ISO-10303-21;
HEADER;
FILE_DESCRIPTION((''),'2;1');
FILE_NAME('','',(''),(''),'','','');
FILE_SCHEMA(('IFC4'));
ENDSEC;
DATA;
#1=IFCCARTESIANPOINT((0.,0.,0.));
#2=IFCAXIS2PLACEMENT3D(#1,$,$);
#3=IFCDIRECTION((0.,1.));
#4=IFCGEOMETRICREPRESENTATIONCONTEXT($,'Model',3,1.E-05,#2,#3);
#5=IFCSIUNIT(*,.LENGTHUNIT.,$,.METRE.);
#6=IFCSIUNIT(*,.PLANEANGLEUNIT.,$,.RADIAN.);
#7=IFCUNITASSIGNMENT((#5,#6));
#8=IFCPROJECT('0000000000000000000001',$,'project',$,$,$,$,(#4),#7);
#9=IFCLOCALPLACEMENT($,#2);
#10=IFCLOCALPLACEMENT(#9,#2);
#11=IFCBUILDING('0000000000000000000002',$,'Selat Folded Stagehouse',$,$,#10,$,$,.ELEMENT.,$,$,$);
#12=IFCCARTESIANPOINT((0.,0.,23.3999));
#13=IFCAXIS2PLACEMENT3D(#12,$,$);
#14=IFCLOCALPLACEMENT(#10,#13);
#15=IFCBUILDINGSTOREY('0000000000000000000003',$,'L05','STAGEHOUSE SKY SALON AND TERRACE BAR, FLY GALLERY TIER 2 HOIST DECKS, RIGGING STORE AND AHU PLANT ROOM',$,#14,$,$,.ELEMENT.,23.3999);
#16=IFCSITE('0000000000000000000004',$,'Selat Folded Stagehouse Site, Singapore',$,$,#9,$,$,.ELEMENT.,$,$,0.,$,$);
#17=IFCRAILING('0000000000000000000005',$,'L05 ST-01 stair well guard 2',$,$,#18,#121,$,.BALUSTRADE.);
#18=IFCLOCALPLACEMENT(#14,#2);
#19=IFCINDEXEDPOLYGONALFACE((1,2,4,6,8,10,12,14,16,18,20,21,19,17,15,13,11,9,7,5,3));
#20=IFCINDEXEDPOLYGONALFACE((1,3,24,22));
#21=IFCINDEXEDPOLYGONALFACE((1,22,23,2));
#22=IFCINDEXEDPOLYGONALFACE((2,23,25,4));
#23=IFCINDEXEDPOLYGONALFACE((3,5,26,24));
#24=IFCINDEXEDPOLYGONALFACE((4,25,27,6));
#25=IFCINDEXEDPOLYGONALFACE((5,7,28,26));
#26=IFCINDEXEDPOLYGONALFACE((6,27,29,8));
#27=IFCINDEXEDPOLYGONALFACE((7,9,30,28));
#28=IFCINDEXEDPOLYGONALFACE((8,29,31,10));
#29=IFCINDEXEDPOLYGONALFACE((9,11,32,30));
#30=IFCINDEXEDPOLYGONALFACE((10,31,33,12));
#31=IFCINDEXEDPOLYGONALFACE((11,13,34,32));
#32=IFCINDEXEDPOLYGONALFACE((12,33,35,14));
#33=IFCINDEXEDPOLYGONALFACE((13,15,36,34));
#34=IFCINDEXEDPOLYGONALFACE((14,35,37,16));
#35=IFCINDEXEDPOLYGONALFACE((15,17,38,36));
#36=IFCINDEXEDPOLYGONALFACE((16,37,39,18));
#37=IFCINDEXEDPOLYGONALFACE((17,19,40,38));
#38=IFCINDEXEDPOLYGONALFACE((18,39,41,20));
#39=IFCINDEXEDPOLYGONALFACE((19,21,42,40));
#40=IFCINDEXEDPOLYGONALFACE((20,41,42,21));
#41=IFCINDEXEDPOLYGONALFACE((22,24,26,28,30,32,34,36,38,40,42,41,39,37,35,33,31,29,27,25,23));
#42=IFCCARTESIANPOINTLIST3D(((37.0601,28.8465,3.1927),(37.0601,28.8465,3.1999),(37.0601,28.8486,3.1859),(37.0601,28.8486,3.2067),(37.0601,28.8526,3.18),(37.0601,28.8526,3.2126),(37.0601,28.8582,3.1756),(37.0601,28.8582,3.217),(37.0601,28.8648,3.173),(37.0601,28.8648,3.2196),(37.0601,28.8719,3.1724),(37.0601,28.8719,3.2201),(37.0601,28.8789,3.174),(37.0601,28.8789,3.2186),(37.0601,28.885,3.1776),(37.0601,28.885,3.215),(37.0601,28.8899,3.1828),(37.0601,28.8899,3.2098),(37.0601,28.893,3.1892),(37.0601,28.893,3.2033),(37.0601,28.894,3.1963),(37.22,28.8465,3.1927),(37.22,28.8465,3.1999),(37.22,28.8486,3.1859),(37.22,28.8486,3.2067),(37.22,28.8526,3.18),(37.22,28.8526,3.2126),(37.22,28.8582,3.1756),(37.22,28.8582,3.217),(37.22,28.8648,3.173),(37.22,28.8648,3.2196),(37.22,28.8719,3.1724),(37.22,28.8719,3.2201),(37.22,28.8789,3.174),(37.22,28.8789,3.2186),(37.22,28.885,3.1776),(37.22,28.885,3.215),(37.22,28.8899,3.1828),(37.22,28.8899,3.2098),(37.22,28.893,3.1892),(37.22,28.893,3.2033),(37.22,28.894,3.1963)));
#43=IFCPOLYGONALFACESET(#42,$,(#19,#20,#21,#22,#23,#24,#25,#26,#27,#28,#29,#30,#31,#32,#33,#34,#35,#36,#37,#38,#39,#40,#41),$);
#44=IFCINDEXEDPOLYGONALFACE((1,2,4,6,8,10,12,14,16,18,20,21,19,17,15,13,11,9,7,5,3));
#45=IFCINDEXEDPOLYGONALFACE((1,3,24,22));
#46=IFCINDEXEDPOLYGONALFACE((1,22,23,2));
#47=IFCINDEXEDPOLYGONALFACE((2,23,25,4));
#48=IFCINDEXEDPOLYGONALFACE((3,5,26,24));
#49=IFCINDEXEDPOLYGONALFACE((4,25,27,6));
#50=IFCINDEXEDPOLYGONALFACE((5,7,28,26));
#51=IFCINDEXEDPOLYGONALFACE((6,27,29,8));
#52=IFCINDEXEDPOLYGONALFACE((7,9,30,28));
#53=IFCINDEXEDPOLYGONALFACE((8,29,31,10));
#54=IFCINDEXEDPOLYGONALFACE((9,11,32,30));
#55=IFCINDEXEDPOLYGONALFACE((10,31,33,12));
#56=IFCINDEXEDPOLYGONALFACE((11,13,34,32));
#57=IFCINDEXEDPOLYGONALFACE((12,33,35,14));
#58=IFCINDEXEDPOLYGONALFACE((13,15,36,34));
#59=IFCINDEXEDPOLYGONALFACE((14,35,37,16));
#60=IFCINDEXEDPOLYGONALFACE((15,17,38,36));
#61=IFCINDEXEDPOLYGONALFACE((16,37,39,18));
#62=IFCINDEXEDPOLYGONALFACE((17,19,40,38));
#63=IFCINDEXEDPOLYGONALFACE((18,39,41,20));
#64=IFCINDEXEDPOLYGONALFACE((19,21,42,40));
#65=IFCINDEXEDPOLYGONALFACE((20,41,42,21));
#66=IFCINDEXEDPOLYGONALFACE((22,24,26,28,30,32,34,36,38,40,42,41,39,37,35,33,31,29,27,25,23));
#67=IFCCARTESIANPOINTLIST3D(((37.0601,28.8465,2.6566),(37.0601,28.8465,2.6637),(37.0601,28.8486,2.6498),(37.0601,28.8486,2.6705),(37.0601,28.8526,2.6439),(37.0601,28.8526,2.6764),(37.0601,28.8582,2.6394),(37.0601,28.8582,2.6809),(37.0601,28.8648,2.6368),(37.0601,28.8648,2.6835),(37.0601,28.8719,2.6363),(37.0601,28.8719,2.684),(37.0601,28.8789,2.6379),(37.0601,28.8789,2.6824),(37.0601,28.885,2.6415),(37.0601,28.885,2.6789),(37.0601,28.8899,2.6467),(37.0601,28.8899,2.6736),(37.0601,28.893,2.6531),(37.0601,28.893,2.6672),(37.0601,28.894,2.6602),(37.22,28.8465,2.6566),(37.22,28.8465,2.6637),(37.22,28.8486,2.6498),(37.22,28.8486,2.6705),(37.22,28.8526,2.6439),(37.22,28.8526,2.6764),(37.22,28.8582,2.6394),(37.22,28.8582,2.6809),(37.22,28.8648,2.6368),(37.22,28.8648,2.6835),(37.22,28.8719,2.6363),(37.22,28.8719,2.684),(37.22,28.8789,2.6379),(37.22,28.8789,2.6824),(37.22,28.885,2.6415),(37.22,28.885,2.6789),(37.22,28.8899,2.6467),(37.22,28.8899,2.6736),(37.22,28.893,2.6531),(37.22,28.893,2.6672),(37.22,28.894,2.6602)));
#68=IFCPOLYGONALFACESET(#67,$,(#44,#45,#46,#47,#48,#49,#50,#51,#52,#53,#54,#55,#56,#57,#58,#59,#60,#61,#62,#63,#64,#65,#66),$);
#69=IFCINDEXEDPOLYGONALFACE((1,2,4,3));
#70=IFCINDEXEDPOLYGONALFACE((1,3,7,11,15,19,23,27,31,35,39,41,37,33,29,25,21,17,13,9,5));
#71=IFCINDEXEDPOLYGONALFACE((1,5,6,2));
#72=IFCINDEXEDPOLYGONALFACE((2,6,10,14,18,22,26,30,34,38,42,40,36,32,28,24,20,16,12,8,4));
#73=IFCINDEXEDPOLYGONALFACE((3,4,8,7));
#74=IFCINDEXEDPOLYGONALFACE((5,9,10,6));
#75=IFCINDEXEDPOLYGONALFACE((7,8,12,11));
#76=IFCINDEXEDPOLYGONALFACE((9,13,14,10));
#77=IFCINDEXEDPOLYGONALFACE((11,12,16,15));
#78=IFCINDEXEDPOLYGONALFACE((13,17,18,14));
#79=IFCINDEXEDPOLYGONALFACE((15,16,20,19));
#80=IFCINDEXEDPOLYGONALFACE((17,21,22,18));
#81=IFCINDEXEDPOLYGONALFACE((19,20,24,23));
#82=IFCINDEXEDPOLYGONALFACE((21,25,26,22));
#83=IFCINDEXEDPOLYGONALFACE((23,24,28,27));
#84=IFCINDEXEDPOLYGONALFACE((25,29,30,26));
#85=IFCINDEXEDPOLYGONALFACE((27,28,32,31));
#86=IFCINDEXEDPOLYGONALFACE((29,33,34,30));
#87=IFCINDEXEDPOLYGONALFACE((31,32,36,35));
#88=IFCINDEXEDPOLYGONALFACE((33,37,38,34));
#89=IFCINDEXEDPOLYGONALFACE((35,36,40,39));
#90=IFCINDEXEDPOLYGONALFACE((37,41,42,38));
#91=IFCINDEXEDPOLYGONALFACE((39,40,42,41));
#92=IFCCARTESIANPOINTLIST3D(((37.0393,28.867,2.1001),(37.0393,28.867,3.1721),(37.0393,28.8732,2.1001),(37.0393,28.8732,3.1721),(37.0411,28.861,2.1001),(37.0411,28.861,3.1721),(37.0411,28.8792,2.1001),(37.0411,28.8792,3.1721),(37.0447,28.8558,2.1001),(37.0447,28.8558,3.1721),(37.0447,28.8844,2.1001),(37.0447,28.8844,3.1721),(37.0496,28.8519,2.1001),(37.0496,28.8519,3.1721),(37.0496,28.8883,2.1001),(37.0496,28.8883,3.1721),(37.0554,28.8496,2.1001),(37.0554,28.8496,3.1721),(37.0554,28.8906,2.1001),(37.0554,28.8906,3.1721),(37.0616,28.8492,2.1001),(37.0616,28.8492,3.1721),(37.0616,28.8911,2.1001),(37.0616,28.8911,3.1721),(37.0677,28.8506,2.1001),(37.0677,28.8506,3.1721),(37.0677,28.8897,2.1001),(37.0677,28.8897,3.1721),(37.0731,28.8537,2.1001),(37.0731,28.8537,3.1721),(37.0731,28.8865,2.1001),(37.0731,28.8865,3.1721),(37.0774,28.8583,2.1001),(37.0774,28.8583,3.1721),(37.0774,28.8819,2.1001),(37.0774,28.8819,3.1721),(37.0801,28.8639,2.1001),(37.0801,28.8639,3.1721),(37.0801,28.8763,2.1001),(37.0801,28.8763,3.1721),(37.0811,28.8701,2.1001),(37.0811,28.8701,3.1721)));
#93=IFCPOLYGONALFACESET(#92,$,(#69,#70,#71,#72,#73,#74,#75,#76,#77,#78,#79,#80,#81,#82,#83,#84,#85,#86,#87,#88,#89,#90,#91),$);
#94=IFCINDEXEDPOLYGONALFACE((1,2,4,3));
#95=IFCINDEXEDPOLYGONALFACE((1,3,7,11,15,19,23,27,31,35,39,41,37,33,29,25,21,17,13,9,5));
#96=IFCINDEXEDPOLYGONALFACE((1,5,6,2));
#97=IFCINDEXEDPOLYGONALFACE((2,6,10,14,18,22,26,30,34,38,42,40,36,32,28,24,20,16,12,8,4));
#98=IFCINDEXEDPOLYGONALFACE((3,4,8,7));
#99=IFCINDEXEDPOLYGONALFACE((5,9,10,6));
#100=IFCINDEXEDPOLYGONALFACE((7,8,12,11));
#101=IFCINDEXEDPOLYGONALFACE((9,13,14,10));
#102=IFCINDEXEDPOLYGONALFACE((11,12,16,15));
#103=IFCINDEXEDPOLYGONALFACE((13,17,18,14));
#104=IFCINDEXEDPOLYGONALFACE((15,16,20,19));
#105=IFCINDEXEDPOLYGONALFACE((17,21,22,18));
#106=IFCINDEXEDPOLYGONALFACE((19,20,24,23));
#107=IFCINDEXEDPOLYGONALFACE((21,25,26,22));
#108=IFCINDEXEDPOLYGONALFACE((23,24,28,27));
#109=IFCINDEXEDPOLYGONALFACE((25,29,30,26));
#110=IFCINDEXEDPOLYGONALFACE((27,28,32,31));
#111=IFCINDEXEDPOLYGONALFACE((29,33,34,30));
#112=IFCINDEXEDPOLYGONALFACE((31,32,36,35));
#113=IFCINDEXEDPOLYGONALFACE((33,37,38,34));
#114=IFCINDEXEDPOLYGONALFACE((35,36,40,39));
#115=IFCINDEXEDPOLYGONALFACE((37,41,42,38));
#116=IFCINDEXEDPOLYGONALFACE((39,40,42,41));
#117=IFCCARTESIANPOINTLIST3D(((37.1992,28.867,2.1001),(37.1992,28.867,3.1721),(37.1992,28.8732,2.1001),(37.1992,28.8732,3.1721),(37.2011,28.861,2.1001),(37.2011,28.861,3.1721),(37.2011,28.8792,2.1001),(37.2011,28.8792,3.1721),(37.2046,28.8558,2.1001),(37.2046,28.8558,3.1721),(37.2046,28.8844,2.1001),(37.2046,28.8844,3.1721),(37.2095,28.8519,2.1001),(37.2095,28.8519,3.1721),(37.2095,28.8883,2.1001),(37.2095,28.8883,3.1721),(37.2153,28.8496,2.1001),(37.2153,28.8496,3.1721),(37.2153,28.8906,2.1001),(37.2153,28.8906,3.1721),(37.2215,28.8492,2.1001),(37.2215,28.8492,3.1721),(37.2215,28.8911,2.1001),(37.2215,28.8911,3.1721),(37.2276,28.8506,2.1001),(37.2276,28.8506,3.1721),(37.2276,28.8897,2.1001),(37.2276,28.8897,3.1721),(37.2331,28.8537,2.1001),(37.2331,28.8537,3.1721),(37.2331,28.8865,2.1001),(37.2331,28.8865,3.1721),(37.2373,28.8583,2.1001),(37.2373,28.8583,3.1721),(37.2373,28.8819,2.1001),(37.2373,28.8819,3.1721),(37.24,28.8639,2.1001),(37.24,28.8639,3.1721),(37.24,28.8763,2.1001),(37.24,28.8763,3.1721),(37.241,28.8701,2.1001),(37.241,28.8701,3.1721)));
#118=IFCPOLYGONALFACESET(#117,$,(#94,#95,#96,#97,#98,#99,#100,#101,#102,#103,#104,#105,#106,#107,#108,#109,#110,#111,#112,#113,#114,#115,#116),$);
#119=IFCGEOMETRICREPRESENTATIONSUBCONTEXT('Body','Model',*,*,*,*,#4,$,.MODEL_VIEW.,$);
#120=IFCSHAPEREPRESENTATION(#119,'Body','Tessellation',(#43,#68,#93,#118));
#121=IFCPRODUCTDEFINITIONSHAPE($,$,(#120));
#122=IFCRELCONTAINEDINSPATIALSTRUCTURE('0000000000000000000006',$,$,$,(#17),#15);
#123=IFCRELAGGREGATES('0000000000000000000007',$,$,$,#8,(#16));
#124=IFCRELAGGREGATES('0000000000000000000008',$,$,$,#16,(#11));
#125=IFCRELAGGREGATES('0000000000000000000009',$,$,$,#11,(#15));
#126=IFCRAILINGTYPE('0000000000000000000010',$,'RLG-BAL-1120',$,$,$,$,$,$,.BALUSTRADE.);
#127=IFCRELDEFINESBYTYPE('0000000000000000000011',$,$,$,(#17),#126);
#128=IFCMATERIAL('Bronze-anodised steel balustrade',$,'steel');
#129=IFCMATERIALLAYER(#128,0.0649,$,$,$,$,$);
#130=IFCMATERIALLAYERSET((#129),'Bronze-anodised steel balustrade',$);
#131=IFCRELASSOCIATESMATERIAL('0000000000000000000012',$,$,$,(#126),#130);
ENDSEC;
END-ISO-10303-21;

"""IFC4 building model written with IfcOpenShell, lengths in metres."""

from ifc_helpers import new_model, si_unit, direction, frame, origin, origin_2d, place, context, subcontext, project, spatial, circle, extrude, material, layer, layer_set, type_object, element, save


model = new_model("IFC4")

# Units and contexts
model_context = context("Model", 3, precision=1e-05, world=origin(), true_north=direction((0.0, 1.0)))
body_context = subcontext(model_context, "Body", "Model", "MODEL_VIEW")
ifc_project = project(units=[si_unit("LENGTHUNIT", "METRE"), si_unit("PLANEANGLEUNIT", "RADIAN")], contexts=[model_context])

# Site, building, storey
site_placement = place(None, origin())
site = spatial("IfcSite", under=ifc_project, at=site_placement, Name="Selat Folded Stagehouse Site, Singapore", CompositionType="ELEMENT", RefElevation=0.0)
building_placement = place(site_placement, origin())
building = spatial("IfcBuilding", under=site, at=building_placement, Name="Selat Folded Stagehouse", CompositionType="ELEMENT")
storey_placement = place(building_placement, frame((0.0, 0.0, 23.3999)))
storey = spatial("IfcBuildingStorey", under=building, at=storey_placement, Name="L05", Description="STAGEHOUSE SKY SALON AND TERRACE BAR, FLY GALLERY TIER 2 HOIST DECKS, RIGGING STORE AND AHU PLANT ROOM", CompositionType="ELEMENT", Elevation=23.3999)

# Railing
ifc_material_1 = material(Name="Bronze-anodised steel balustrade", Category="steel")
ifc_layer_1 = layer(ifc_material_1, 0.0649)
ifc_layer_set_1 = layer_set([ifc_layer_1], Name="Bronze-anodised steel balustrade")
railing_type_1 = type_object("IfcRailingType", Name="RLG-BAL-1120", PredefinedType="BALUSTRADE", material=ifc_layer_set_1)
railing_1_placement = place(storey_placement, frame((37.0601, 28.8701, 2.1001)))
element("IfcRailing", 1, at=railing_1_placement, inside=storey, type_object=railing_type_1, Name="L05 ST-01 stair well guard 2", PredefinedType="BALUSTRADE", context=body_context, shape_type="SweptSolid", body=[
    extrude(circle(Radius=0.0239, at=origin_2d()), frame((0.0, 0.0, 1.0962), z_axis=(1.0, 0.0, 0.0), x_axis=(0.0, 1.0, 0.0)), (0.0, 0.0, 1.0), 0.1599),
    extrude(circle(Radius=0.0239, at=origin_2d()), frame((0.0, 0.0, 0.5601), z_axis=(1.0, 0.0, 0.0), x_axis=(0.0, 1.0, 0.0)), (0.0, 0.0, 1.0), 0.1599),
    extrude(circle(Radius=0.021, at=origin_2d()), origin(), (0.0, 0.0, 1.0), 1.072),
    extrude(circle(Radius=0.021, at=origin_2d()), frame((0.1599, 0.0, 0.0)), (0.0, 0.0, 1.0), 1.072),
])

save(model, "model.ifc")
